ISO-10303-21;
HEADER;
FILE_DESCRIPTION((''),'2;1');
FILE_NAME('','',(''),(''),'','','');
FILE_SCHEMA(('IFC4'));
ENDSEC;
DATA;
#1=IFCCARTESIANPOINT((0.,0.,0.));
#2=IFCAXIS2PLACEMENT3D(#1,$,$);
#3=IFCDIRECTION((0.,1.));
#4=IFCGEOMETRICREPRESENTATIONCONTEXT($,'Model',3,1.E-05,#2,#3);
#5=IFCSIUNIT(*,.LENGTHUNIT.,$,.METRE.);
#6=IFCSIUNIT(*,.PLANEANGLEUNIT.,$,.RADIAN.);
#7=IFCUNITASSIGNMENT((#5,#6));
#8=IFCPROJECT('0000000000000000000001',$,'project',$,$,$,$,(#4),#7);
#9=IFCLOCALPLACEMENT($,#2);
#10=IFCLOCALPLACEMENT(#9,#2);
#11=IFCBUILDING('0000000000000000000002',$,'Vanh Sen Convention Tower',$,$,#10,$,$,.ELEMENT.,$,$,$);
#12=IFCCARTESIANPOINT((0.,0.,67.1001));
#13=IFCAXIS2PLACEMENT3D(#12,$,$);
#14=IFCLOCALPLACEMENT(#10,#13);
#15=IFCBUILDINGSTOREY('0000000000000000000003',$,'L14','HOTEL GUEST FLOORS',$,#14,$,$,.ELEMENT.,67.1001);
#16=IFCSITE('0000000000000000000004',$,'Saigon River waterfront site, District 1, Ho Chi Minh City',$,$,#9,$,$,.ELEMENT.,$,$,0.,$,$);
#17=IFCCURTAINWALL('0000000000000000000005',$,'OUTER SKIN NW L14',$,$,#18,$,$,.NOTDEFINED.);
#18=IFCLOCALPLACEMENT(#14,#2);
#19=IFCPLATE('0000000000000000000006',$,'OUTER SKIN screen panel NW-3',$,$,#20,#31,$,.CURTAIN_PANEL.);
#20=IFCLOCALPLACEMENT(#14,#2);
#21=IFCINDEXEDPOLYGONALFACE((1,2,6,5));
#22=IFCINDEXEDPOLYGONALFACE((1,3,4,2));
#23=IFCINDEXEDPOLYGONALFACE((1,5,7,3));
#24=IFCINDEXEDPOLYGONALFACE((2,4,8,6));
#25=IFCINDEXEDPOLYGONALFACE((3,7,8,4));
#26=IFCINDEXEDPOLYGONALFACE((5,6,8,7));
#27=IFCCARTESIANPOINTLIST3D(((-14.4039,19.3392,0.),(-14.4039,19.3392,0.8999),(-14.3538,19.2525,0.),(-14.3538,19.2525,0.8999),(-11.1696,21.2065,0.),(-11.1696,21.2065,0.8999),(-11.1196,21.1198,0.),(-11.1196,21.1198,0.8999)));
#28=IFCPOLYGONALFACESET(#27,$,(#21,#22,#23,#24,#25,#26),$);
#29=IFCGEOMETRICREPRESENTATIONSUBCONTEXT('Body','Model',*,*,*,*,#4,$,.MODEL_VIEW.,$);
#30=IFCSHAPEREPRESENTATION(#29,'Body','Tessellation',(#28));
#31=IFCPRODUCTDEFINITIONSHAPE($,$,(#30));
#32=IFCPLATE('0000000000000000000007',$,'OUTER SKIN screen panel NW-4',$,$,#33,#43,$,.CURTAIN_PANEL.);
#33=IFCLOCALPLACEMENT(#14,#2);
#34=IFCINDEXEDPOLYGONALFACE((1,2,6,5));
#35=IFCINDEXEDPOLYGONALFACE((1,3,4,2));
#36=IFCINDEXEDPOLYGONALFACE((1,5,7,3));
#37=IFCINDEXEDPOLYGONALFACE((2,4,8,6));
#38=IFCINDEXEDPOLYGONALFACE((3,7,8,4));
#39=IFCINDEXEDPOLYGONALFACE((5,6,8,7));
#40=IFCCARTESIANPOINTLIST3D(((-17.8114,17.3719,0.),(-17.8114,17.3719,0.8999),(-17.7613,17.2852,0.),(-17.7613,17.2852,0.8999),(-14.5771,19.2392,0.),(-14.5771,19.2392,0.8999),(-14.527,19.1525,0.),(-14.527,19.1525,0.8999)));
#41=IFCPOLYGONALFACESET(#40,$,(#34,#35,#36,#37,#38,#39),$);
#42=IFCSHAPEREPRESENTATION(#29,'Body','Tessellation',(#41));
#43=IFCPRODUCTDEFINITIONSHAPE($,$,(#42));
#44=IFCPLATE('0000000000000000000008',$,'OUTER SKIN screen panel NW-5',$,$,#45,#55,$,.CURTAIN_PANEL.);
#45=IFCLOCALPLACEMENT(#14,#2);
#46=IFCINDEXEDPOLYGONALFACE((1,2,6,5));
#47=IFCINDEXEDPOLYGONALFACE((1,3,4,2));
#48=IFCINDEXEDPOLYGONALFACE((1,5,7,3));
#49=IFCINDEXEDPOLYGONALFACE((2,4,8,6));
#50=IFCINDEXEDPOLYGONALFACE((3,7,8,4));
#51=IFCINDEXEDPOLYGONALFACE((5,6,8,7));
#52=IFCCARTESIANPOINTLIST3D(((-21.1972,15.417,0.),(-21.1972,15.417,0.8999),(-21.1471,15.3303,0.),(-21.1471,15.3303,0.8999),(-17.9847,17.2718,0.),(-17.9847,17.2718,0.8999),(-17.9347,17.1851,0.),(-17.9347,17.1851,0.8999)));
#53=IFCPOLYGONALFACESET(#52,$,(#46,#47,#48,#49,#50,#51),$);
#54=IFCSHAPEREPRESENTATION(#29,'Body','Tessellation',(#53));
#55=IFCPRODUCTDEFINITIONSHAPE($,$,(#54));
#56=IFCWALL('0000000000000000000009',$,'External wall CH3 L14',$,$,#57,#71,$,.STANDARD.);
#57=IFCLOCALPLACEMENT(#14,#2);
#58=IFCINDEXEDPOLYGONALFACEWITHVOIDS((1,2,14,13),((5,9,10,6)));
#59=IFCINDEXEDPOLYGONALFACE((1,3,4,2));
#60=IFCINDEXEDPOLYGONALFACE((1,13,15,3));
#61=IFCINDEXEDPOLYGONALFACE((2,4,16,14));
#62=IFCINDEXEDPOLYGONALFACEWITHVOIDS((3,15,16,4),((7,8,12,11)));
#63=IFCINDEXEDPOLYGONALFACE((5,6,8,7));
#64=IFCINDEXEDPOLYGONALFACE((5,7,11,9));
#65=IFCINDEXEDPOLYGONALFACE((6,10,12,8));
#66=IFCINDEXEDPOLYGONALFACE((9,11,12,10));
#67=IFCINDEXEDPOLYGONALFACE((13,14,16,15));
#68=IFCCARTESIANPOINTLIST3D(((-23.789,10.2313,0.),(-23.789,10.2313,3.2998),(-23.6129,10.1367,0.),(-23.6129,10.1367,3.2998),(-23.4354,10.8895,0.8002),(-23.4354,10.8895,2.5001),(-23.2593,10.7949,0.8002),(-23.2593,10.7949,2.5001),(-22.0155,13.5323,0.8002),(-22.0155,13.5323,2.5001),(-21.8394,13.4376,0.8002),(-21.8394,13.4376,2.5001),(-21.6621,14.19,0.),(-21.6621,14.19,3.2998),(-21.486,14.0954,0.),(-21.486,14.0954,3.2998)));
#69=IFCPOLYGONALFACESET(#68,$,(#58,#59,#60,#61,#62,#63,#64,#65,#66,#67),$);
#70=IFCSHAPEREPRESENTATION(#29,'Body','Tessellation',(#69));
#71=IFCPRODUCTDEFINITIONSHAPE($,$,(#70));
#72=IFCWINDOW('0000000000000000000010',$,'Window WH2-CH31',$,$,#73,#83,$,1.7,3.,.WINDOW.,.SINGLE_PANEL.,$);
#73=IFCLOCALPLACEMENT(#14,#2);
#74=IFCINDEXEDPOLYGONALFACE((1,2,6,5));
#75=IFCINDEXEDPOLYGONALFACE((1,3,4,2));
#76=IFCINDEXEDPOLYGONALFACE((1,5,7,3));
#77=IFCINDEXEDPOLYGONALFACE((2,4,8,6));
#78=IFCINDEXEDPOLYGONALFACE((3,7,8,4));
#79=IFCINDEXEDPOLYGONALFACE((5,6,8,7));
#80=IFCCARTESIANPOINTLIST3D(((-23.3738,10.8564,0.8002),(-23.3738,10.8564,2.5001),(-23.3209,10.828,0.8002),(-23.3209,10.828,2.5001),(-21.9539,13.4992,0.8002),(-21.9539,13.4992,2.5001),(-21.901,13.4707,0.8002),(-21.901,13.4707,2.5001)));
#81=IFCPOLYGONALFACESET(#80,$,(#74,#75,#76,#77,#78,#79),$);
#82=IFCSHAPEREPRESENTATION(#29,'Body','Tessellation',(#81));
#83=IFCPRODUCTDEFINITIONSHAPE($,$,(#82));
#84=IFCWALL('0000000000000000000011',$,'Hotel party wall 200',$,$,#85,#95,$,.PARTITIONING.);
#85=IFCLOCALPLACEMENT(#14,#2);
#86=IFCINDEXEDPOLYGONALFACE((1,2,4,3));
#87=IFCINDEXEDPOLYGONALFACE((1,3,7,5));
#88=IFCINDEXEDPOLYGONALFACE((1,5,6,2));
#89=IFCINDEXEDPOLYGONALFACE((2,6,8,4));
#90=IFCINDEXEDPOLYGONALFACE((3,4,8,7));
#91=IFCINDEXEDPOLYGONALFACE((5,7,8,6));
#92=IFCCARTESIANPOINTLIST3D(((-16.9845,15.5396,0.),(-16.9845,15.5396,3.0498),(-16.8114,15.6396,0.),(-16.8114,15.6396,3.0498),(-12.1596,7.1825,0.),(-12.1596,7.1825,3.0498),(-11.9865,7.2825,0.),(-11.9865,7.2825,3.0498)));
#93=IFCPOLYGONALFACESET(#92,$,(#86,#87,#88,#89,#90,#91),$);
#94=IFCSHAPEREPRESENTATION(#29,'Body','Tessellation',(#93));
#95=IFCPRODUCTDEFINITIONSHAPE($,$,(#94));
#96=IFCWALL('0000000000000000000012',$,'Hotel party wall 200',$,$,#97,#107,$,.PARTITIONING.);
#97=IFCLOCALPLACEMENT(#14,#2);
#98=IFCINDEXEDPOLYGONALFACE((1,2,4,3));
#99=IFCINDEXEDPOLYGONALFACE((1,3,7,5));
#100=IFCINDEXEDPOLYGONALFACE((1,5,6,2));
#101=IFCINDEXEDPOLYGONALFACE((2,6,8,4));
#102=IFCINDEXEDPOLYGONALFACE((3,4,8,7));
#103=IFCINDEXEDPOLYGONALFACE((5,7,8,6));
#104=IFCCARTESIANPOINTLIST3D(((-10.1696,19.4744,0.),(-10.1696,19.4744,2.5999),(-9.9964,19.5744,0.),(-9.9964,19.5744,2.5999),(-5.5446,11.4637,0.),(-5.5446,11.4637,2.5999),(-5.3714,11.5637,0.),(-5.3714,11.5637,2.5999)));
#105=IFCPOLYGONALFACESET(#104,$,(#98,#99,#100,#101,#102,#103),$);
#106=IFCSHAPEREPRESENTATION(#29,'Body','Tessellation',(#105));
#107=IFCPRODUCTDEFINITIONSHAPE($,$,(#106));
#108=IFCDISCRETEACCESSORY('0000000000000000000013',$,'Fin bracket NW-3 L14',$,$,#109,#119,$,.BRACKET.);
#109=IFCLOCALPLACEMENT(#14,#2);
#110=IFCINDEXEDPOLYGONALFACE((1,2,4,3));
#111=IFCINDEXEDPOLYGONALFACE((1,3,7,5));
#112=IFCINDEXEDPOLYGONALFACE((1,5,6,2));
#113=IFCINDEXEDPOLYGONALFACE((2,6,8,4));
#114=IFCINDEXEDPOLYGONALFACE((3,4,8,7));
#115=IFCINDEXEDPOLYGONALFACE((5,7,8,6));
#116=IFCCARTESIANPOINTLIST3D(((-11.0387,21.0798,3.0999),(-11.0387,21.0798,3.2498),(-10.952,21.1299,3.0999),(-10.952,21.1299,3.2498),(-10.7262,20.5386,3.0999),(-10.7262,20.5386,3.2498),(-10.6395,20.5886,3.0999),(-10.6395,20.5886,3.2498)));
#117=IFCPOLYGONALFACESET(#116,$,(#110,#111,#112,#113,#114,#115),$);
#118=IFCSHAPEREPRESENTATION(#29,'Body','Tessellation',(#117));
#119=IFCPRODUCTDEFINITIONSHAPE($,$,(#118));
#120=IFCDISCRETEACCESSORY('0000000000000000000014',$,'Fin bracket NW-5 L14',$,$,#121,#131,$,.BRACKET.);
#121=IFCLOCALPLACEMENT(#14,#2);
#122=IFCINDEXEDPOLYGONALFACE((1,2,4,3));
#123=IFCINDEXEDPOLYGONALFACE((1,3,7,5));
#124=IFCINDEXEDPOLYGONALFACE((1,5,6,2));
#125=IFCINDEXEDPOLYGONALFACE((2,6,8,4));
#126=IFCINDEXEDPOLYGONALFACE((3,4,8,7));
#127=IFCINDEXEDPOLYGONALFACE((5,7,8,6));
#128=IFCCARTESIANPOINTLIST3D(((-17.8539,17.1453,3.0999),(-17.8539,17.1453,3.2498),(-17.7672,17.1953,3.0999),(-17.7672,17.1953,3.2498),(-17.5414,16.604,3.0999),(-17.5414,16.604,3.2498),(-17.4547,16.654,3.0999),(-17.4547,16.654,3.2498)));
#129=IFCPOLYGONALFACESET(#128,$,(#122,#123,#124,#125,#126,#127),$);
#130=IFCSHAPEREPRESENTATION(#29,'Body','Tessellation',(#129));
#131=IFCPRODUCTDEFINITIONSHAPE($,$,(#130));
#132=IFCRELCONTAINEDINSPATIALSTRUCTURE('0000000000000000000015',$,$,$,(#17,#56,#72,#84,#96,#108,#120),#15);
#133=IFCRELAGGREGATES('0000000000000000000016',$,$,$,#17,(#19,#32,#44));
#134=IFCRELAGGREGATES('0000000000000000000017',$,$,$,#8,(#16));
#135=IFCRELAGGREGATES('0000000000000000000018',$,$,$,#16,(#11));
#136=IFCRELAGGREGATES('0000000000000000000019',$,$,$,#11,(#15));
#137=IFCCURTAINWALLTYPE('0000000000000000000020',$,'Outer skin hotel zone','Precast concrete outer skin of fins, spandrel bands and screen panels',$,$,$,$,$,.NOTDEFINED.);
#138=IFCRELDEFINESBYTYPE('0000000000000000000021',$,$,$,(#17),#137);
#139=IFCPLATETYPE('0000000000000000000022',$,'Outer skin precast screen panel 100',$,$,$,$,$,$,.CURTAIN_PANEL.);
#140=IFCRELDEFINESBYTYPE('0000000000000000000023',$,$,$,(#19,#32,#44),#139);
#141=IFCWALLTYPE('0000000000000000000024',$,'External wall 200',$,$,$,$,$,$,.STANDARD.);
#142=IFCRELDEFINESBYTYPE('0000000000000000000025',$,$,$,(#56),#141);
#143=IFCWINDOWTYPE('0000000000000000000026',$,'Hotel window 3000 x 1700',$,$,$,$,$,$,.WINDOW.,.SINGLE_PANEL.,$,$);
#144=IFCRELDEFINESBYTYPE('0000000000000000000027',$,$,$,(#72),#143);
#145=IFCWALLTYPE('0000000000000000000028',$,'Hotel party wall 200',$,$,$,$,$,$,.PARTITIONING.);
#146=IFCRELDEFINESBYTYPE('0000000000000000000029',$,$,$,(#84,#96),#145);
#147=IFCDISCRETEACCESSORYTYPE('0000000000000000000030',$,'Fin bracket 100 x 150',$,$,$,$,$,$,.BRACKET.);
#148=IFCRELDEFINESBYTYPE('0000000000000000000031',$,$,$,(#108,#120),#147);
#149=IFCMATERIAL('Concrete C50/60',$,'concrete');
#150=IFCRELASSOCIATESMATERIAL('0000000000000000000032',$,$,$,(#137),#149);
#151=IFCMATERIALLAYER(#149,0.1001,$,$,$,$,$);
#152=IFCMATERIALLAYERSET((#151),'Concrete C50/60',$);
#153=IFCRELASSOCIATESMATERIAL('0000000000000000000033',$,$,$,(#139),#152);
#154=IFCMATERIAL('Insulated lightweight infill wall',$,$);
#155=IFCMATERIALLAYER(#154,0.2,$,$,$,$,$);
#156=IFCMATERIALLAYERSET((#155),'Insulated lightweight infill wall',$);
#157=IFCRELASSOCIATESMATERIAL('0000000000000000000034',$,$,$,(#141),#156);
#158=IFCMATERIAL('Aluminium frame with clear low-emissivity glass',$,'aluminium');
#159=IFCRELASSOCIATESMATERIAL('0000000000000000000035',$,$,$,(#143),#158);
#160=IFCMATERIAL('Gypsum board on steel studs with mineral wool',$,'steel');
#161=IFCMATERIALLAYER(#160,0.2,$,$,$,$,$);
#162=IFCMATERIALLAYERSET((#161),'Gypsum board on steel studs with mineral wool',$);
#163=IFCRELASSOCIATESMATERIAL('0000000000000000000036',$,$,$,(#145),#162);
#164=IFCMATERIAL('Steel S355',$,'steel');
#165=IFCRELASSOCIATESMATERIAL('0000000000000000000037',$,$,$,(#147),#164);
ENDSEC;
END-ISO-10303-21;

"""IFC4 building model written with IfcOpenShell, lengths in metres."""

from ifc_helpers import new_model, si_unit, direction, frame, frame_2d, origin, origin_2d, place, context, subcontext, project, spatial, rectangle, extrude, material, layer, layer_set, type_object, element, fill, aggregate, save


model = new_model("IFC4")

# Units and contexts
model_context = context("Model", 3, precision=1e-05, world=origin(), true_north=direction((0.0, 1.0)))
body_context = subcontext(model_context, "Body", "Model", "MODEL_VIEW")
ifc_project = project(units=[si_unit("LENGTHUNIT", "METRE"), si_unit("PLANEANGLEUNIT", "RADIAN")], contexts=[model_context])

# Site, building, storey
site_placement = place(None, origin())
site = spatial("IfcSite", under=ifc_project, at=site_placement, Name="Saigon River waterfront site, District 1, Ho Chi Minh City", CompositionType="ELEMENT", RefElevation=0.0)
building_placement = place(site_placement, origin())
building = spatial("IfcBuilding", under=site, at=building_placement, Name="Vanh Sen Convention Tower", CompositionType="ELEMENT")
storey_placement = place(building_placement, frame((0.0, 0.0, 67.1001)))
storey = spatial("IfcBuildingStorey", under=building, at=storey_placement, Name="L14", Description="HOTEL GUEST FLOORS", CompositionType="ELEMENT", Elevation=67.1001)

# Curtain wall
ifc_material_1 = material(Name="Concrete C50/60", Category="concrete")
curtain_wall_type = type_object("IfcCurtainWallType", Name="Outer skin hotel zone", Description="Precast concrete outer skin of fins, spandrel bands and screen panels", PredefinedType="NOTDEFINED", material=ifc_material_1)
curtain_wall_1_placement = place(storey_placement, origin())
curtain_wall_1 = element("IfcCurtainWall", 1, at=curtain_wall_1_placement, inside=storey, type_object=curtain_wall_type, Name="OUTER SKIN NW L14", PredefinedType="NOTDEFINED")

# Plates
ifc_layer_1 = layer(ifc_material_1, 0.1001)
ifc_layer_set_1 = layer_set([ifc_layer_1], Name="Concrete C50/60")
plate_type = type_object("IfcPlateType", Name="Outer skin precast screen panel 100", PredefinedType="CURTAIN_PANEL", material=ifc_layer_set_1)
plate_1_placement = place(storey_placement, frame((-12.7617, 20.2295, 0.0), z_axis=(0.0, 0.0, 1.0), x_axis=(-0.866028, -0.499995, 0.0)))
plate_1 = element("IfcPlate", 2, at=plate_1_placement, type_object=plate_type, Name="OUTER SKIN screen panel NW-3", PredefinedType="CURTAIN_PANEL", context=body_context, shape_type="SweptSolid", body=[
    extrude(rectangle(XDim=3.7346, YDim=0.1001, at=origin_2d()), origin(), (0.0, 0.0, 1.0), 0.8999),
])
plate_2_placement = place(storey_placement, frame((-16.1692, 18.2622, 0.0), z_axis=(0.0, 0.0, 1.0), x_axis=(-0.866028, -0.499995, 0.0)))
plate_2 = element("IfcPlate", 3, at=plate_2_placement, type_object=plate_type, Name="OUTER SKIN screen panel NW-4", PredefinedType="CURTAIN_PANEL", context=body_context, shape_type="SweptSolid", body=[
    extrude(rectangle(XDim=3.7346, YDim=0.1001, at=origin_2d()), origin(), (0.0, 0.0, 1.0), 0.8999),
])
plate_3_placement = place(storey_placement, frame((-19.5659, 16.301, 0.0), z_axis=(0.0, 0.0, 1.0), x_axis=(-0.866021, -0.500008, 0.0)))
plate_3 = element("IfcPlate", 4, at=plate_3_placement, type_object=plate_type, Name="OUTER SKIN screen panel NW-5", PredefinedType="CURTAIN_PANEL", context=body_context, shape_type="SweptSolid", body=[
    extrude(rectangle(XDim=3.7095, YDim=0.1001, at=origin_2d()), origin(), (0.0, 0.0, 1.0), 0.8999),
])
aggregate(curtain_wall_1, [plate_1, plate_2, plate_3])

# Wall, opening, window
ifc_material_2 = material(Name="Insulated lightweight infill wall")
ifc_layer_2 = layer(ifc_material_2, 0.2)
ifc_layer_set_2 = layer_set([ifc_layer_2], Name="Insulated lightweight infill wall")
wall_type_1 = type_object("IfcWallType", Name="External wall 200", PredefinedType="STANDARD", material=ifc_layer_set_2)
wall_1_placement = place(storey_placement, frame((-21.574, 14.1428, 0.0), z_axis=(0.0, 0.0, 1.0), x_axis=(-0.473293, -0.880905, 0.0)))
wall_1 = element("IfcWall", 5, at=wall_1_placement, inside=storey, type_object=wall_type_1, Name="External wall CH3 L14", PredefinedType="STANDARD", context=body_context, shape_type="SweptSolid", body=[
    extrude(rectangle(XDim=4.4939, YDim=0.2, at=frame_2d((2.2471, 0.0))), origin(), (0.0, 0.0, 1.0), 3.2998),
])
opening_placement = place(wall_1_placement, frame((0.7468, 0.0, 0.8)))
opening = element("IfcOpeningElement", 6, at=opening_placement, cuts=wall_1, PredefinedType="OPENING", context=body_context, shape_type="SweptSolid", body=[
    extrude(rectangle(XDim=3.0, YDim=1.7, at=frame_2d((1.5, 0.8501))), frame((0.0, 0.1099, 0.0), z_axis=(0.0, -1.0, 0.0), x_axis=(1.0, 0.0, 0.0)), (0.0, 0.0, 1.0), 0.22),
])
ifc_material_3 = material(Name="Aluminium frame with clear low-emissivity glass", Category="aluminium")
window_type = type_object("IfcWindowType", Name="Hotel window 3000 x 1700", PartitioningType="SINGLE_PANEL", PredefinedType="WINDOW", material=ifc_material_3)
window_placement = place(opening_placement, origin())
window = element("IfcWindow", 7, at=window_placement, inside=storey, type_object=window_type, Name="Window WH2-CH31", OverallHeight=1.7, OverallWidth=3.0, PartitioningType="SINGLE_PANEL", PredefinedType="WINDOW", context=body_context, shape_type="SweptSolid", body=[
    extrude(rectangle(XDim=3.0, YDim=1.7, at=frame_2d((1.5, 0.8501))), frame((0.0, 0.03, 0.0), z_axis=(0.0, -1.0, 0.0), x_axis=(1.0, 0.0, 0.0)), (0.0, 0.0, 1.0), 0.0601),
])
fill(opening, window)

# Walls
ifc_material_4 = material(Name="Gypsum board on steel studs with mineral wool", Category="steel")
ifc_layer_3 = layer(ifc_material_4, 0.2)
ifc_layer_set_3 = layer_set([ifc_layer_3], Name="Gypsum board on steel studs with mineral wool")
wall_type_2 = type_object("IfcWallType", Name="Hotel party wall 200", PredefinedType="PARTITIONING", material=ifc_layer_set_3)
wall_2_placement = place(storey_placement, frame((-16.8979, 15.5896, 0.0), z_axis=(0.0, 0.0, 1.0), x_axis=(0.499995, -0.866028, 0.0)))
element("IfcWall", 8, at=wall_2_placement, inside=storey, type_object=wall_type_2, Name="Hotel party wall 200", PredefinedType="PARTITIONING", context=body_context, shape_type="SweptSolid", body=[
    extrude(rectangle(XDim=9.6499, YDim=0.2, at=frame_2d((4.825, 0.0))), origin(), (0.0, 0.0, 1.0), 3.0498),
])
wall_3_placement = place(storey_placement, frame((-10.083, 19.5244, 0.0), z_axis=(0.0, 0.0, 1.0), x_axis=(0.5, -0.866026, 0.0)))
element("IfcWall", 9, at=wall_3_placement, inside=storey, type_object=wall_type_2, Name="Hotel party wall 200", PredefinedType="PARTITIONING", context=body_context, shape_type="SweptSolid", body=[
    extrude(rectangle(XDim=9.25, YDim=0.2, at=frame_2d((4.625, 0.0))), origin(), (0.0, 0.0, 1.0), 2.5999),
])

# Discrete accessories
ifc_material_5 = material(Name="Steel S355", Category="steel")
discrete_accessory_type = type_object("IfcDiscreteAccessoryType", Name="Fin bracket 100 x 150", PredefinedType="BRACKET", material=ifc_material_5)
for number, where, z_axis, x_axis, name in (
    (10, (-10.8391, 20.8342, 3.0999), (0.0, 0.0, 1.0), (-0.5, 0.866025, 0.0), "Fin bracket NW-3 L14"),
    (11, (-17.6543, 16.8997, 3.0999), (0.0, 0.0, 1.0), (-0.5, 0.866025, 0.0), "Fin bracket NW-5 L14"),
):
    element("IfcDiscreteAccessory", number, at=place(storey_placement, frame(where, z_axis=z_axis, x_axis=x_axis)), inside=storey, type_object=discrete_accessory_type, Name=name, PredefinedType="BRACKET", context=body_context, shape_type="SweptSolid", body=[
        extrude(rectangle(XDim=0.625, YDim=0.1001, at=origin_2d()), origin(), (0.0, 0.0, 1.0), 0.1499),
    ])

save(model, "model.ifc")
